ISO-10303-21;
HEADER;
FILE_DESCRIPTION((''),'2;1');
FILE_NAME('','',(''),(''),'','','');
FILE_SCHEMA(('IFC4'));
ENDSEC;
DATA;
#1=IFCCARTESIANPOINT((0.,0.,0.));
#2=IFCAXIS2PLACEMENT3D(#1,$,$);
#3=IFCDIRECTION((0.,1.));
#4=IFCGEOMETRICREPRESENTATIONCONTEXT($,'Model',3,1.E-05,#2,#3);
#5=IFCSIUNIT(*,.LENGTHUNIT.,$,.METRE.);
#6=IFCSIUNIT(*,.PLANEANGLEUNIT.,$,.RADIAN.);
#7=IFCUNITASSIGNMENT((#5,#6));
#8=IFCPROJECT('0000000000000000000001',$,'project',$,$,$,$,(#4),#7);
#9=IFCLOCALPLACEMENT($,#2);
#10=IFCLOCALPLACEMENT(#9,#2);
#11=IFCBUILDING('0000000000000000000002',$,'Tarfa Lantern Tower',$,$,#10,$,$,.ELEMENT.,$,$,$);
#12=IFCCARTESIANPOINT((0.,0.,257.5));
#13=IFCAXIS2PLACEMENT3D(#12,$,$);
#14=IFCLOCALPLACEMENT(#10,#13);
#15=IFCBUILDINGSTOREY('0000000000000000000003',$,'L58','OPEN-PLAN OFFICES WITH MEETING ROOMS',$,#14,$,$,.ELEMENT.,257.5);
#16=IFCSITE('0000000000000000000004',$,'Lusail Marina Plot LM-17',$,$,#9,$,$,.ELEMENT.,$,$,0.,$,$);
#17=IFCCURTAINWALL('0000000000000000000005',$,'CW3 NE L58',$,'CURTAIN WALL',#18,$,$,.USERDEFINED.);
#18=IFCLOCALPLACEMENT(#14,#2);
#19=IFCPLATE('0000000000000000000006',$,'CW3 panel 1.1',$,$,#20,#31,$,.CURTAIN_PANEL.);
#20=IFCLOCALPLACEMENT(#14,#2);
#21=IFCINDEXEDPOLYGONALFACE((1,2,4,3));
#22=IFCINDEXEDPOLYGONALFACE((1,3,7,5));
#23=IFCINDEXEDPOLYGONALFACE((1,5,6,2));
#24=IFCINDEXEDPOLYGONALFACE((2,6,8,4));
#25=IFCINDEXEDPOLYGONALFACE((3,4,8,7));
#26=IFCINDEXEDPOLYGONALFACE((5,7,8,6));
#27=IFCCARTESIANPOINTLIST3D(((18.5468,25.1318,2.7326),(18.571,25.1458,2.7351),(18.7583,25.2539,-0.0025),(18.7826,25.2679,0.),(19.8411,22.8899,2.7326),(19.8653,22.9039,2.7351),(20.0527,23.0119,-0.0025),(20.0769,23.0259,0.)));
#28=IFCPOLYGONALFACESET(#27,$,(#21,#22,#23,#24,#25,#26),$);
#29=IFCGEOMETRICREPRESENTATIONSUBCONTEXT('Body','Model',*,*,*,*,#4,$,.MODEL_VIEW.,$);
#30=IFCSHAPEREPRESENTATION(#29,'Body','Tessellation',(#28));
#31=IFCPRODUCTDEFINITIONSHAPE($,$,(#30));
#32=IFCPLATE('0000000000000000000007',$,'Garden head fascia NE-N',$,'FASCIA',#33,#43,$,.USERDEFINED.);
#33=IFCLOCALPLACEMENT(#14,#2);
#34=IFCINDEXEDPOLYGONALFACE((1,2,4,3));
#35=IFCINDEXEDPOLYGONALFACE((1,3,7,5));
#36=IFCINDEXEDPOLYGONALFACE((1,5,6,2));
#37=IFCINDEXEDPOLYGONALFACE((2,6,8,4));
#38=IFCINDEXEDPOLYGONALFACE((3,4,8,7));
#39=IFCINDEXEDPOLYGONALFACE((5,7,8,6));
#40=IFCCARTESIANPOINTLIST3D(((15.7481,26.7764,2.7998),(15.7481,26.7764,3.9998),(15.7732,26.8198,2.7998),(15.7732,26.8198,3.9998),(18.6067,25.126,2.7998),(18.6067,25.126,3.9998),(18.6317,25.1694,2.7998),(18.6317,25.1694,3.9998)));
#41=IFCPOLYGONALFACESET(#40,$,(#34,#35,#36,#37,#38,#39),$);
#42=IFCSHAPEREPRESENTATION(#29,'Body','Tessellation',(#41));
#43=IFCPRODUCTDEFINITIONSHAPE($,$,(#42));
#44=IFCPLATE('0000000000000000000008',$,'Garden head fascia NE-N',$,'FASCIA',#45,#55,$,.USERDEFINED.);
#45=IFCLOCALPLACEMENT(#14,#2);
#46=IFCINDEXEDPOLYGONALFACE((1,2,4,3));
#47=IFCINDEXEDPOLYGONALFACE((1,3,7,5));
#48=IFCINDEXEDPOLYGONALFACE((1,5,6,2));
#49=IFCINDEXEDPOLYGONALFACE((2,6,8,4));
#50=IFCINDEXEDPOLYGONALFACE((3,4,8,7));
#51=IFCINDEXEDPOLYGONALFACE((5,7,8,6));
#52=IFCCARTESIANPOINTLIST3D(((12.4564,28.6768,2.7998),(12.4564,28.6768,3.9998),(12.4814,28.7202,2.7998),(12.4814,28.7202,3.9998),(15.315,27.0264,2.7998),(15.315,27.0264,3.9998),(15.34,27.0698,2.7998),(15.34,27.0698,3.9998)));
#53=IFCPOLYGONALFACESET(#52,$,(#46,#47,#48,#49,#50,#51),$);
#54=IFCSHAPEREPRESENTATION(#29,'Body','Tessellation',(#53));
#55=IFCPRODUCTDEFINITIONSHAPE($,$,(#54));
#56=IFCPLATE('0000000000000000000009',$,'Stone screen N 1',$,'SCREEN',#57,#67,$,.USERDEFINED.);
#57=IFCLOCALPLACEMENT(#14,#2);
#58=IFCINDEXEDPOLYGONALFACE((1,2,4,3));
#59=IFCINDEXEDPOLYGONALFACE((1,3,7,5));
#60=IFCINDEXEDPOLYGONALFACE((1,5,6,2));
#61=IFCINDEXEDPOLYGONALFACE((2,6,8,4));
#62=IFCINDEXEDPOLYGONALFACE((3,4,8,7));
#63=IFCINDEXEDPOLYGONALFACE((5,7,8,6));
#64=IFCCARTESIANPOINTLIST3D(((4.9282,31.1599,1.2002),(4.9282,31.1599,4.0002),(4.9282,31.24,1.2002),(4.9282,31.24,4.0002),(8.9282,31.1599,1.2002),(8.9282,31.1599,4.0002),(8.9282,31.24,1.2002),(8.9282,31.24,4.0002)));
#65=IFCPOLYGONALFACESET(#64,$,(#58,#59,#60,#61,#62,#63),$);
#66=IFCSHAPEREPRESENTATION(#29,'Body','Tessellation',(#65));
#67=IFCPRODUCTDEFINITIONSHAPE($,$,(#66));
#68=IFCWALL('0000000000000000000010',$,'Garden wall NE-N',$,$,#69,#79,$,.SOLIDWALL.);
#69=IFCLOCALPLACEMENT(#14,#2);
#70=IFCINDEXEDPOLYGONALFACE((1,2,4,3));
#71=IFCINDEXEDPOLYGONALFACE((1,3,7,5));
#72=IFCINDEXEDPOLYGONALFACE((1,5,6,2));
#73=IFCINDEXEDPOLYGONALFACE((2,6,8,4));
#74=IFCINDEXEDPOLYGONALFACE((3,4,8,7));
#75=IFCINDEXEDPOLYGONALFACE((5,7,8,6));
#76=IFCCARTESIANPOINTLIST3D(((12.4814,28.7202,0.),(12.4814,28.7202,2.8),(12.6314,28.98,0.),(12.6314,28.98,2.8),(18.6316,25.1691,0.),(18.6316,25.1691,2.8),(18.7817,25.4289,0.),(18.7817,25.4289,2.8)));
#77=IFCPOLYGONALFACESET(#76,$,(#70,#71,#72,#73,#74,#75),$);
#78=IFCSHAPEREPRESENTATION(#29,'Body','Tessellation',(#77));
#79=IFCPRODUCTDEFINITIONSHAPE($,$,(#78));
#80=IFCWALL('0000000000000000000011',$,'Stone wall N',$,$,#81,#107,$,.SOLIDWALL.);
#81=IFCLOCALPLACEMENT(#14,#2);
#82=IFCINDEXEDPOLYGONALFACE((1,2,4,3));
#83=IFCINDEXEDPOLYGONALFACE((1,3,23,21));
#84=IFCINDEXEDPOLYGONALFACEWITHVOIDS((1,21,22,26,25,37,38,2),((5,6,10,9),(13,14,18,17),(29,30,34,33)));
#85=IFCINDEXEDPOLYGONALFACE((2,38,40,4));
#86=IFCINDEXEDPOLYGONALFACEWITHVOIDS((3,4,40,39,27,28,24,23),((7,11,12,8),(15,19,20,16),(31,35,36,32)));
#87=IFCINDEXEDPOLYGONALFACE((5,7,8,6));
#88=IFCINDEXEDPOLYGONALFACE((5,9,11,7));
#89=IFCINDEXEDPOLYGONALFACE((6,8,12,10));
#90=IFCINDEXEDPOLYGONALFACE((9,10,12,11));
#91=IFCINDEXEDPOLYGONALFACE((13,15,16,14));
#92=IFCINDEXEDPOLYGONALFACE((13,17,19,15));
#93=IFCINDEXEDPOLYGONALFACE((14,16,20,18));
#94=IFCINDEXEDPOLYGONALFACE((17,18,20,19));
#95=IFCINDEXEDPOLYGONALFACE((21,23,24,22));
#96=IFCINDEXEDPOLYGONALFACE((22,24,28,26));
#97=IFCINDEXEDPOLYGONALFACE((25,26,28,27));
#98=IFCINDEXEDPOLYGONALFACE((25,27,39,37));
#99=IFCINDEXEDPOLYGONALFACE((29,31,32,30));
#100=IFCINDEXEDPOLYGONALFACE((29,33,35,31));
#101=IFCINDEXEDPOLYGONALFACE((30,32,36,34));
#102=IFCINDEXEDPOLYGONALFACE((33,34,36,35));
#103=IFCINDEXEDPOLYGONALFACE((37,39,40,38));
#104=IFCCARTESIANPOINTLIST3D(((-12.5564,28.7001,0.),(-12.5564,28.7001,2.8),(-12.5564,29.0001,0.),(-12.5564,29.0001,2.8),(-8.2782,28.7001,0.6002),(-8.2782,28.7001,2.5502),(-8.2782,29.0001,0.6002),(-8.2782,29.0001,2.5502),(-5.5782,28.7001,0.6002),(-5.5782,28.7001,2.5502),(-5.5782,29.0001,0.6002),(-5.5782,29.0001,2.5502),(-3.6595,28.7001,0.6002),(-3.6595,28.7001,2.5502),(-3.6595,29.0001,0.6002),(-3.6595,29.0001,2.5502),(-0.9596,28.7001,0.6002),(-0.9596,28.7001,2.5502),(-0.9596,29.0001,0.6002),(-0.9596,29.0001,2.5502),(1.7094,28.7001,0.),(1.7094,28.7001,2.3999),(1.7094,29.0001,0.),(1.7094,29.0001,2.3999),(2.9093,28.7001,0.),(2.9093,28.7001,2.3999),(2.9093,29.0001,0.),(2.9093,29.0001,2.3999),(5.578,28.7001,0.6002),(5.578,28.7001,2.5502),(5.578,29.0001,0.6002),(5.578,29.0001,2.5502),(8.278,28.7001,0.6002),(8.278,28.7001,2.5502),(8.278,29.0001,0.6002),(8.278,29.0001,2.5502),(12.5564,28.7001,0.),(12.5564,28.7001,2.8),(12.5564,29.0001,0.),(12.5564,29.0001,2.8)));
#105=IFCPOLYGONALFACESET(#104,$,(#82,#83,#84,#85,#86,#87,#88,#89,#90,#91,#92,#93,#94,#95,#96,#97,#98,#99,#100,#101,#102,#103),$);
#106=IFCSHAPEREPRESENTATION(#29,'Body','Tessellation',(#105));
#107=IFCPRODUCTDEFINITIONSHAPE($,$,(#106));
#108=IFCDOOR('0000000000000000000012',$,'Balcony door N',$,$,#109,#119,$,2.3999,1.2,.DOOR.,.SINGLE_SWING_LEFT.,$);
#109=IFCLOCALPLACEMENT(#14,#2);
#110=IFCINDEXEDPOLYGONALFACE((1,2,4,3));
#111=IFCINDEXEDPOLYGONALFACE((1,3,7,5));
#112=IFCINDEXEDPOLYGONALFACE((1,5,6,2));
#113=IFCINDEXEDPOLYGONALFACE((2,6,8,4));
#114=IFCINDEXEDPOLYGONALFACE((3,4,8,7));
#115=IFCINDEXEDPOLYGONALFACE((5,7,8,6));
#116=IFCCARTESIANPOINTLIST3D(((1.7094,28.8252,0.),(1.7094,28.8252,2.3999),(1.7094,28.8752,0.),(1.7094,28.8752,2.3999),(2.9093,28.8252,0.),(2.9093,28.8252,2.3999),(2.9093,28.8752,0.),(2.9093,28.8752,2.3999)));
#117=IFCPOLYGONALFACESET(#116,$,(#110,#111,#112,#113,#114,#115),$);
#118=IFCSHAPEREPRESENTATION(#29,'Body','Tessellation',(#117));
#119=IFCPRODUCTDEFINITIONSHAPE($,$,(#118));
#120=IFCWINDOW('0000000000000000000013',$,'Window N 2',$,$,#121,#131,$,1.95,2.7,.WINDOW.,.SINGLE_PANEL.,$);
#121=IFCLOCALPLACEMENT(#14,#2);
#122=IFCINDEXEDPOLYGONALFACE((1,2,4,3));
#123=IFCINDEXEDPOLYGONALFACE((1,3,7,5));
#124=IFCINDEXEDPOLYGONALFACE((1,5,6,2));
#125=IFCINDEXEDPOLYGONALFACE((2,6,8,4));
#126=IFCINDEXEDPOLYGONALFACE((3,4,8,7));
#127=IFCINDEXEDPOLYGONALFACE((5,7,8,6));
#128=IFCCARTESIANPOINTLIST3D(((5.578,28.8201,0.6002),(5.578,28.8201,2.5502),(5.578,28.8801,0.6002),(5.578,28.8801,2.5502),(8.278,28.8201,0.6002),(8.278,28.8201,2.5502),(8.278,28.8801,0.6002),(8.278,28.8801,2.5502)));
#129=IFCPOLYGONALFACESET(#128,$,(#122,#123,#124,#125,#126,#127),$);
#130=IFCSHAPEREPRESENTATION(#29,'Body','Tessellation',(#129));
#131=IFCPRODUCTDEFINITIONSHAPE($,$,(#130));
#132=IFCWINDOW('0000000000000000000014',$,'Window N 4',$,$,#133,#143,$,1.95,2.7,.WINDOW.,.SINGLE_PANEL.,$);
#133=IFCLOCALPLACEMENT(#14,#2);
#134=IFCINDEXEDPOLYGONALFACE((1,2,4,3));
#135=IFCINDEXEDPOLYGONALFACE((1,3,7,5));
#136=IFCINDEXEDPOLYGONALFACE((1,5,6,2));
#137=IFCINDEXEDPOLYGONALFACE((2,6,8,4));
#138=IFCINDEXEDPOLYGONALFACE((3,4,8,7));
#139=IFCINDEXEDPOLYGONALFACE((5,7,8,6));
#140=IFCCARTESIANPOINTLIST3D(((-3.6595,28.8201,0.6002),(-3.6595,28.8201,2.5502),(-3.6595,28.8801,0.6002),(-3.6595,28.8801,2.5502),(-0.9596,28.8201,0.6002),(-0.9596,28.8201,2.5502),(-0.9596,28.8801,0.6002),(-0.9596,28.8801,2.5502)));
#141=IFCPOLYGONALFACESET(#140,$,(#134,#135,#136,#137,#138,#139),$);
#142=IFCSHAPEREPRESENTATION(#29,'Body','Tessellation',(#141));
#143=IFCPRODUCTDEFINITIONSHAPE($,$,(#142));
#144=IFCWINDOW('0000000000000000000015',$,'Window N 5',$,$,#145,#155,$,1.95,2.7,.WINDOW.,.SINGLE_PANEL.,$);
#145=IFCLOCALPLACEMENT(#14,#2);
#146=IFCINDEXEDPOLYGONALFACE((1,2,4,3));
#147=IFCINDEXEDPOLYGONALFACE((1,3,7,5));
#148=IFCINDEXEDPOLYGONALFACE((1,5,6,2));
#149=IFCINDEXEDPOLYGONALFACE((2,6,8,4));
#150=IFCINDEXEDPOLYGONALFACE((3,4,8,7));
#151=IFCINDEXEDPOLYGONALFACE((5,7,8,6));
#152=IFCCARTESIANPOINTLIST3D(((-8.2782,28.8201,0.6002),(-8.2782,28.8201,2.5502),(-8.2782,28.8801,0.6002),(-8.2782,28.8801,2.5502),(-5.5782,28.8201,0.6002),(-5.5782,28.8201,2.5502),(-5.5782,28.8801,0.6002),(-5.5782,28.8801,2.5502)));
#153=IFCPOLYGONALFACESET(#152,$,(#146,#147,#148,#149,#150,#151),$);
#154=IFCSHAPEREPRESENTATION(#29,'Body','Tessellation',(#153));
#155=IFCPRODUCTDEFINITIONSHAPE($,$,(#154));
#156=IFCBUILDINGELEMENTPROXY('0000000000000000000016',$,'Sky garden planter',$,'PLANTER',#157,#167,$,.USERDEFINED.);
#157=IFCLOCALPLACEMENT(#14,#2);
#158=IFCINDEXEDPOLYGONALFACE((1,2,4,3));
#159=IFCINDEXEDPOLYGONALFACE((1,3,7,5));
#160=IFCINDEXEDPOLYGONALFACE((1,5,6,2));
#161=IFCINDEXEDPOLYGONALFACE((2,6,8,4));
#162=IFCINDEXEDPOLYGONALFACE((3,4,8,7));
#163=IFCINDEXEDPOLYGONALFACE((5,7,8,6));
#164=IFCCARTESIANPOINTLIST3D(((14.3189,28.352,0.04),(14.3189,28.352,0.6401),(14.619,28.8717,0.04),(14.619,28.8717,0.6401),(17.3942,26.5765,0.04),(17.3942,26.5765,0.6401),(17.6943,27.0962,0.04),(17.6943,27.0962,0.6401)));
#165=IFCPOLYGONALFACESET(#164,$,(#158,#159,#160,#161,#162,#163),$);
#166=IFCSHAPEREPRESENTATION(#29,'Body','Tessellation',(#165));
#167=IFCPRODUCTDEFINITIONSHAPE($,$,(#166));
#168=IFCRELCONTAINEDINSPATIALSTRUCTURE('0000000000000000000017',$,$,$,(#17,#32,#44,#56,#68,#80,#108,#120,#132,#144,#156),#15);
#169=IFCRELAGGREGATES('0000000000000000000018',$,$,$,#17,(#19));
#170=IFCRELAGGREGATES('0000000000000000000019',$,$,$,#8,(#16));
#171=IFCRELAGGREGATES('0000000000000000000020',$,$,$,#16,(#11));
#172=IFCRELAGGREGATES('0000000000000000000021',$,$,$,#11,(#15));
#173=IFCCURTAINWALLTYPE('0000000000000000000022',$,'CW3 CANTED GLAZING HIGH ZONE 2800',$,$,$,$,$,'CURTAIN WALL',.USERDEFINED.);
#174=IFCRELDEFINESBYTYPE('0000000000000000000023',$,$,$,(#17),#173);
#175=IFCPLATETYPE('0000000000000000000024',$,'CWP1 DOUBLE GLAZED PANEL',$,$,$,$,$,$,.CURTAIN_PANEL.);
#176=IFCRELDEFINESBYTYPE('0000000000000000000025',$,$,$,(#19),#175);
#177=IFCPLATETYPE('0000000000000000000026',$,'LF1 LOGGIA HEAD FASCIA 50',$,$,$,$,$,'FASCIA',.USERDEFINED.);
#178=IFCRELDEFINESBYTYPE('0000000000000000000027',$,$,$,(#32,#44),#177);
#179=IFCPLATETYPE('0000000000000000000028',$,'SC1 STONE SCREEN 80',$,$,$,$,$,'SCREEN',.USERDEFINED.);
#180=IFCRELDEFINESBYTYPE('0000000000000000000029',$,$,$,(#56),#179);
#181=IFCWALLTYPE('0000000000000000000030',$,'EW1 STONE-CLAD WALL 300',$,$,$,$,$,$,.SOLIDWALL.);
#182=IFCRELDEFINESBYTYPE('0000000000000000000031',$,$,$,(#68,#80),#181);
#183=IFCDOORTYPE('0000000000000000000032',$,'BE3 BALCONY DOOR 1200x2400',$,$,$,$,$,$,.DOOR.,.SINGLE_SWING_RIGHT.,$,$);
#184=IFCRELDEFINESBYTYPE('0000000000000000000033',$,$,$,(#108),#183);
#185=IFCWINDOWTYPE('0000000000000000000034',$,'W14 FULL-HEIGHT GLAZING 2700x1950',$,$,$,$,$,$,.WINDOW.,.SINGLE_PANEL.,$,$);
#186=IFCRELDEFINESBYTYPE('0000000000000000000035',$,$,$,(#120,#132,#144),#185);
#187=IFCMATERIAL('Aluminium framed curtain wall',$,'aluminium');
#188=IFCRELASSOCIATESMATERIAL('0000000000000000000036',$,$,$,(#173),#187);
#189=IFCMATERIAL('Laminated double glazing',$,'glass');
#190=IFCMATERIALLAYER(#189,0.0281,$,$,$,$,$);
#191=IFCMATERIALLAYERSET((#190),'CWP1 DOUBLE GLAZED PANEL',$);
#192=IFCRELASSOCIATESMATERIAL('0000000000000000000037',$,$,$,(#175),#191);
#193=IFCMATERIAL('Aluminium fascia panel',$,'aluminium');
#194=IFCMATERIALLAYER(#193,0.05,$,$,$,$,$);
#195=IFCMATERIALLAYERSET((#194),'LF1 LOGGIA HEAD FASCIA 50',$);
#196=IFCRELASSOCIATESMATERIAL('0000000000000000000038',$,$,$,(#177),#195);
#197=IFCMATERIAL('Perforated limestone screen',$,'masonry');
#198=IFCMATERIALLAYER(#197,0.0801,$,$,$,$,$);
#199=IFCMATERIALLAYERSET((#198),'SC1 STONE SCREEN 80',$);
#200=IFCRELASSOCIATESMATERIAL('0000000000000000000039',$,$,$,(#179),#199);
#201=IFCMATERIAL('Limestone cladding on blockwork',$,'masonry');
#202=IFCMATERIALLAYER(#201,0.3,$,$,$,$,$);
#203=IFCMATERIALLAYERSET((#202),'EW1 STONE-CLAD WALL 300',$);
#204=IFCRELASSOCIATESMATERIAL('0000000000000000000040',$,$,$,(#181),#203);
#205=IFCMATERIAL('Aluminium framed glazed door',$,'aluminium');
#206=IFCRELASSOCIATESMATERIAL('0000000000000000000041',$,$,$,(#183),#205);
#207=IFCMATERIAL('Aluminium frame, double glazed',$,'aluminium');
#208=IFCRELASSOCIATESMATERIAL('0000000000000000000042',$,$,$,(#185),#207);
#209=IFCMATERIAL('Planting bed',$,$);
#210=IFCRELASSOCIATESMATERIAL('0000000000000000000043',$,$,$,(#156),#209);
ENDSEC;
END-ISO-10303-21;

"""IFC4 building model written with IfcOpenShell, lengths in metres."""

from ifc_helpers import new_model, si_unit, direction, frame, frame_2d, origin, origin_2d, place, context, subcontext, project, spatial, polyline, rectangle, outline, extrude, material, layer, layer_set, type_object, element, fill, aggregate, save


model = new_model("IFC4")

# Units and contexts
model_context = context("Model", 3, precision=1e-05, world=origin(), true_north=direction((0.0, 1.0)))
body_context = subcontext(model_context, "Body", "Model", "MODEL_VIEW")
ifc_project = project(units=[si_unit("LENGTHUNIT", "METRE"), si_unit("PLANEANGLEUNIT", "RADIAN")], contexts=[model_context])

# Site, building, storey
site_placement = place(None, origin())
site = spatial("IfcSite", under=ifc_project, at=site_placement, Name="Lusail Marina Plot LM-17", CompositionType="ELEMENT", RefElevation=0.0)
building_placement = place(site_placement, origin())
building = spatial("IfcBuilding", under=site, at=building_placement, Name="Tarfa Lantern Tower", CompositionType="ELEMENT")
storey_placement = place(building_placement, frame((0.0, 0.0, 257.5)))
storey = spatial("IfcBuildingStorey", under=building, at=storey_placement, Name="L58", Description="OPEN-PLAN OFFICES WITH MEETING ROOMS", CompositionType="ELEMENT", Elevation=257.5)

# Curtain wall
ifc_material_1 = material(Name="Aluminium framed curtain wall", Category="aluminium")
curtain_wall_type = type_object("IfcCurtainWallType", Name="CW3 CANTED GLAZING HIGH ZONE 2800", ElementType="CURTAIN WALL", PredefinedType="USERDEFINED", material=ifc_material_1)
curtain_wall_placement = place(storey_placement, origin())
curtain_wall = element("IfcCurtainWall", 1, at=curtain_wall_placement, inside=storey, type_object=curtain_wall_type, Name="CW3 NE L58", ObjectType="CURTAIN WALL", PredefinedType="USERDEFINED")

# Plate
ifc_material_2 = material(Name="Laminated double glazing", Category="glass")
ifc_layer_1 = layer(ifc_material_2, 0.0281)
ifc_layer_set_1 = layer_set([ifc_layer_1], Name="CWP1 DOUBLE GLAZED PANEL")
plate_type_1 = type_object("IfcPlateType", Name="CWP1 DOUBLE GLAZED PANEL", PredefinedType="CURTAIN_PANEL", material=ifc_layer_set_1)
plate_1_placement = place(storey_placement, frame((20.0769, 23.0259, 0.0), z_axis=(0.862605, 0.497997, 0.088945), x_axis=(-0.499979, 0.866038, 0.000004)))
plate_1 = element("IfcPlate", 2, at=plate_1_placement, type_object=plate_type_1, Name="CW3 panel 1.1", PredefinedType="CURTAIN_PANEL", context=body_context, shape_type="SweptSolid", body=[
    extrude(outline(polyline([(0.0, 0.0), (2.5888, 0.0), (2.5888, 2.746), (0.0001, 2.746), (0.0, 0.0)])), origin(), (0.0, 0.0, -1.0), 0.0281),
])
aggregate(curtain_wall, [plate_1])

# Plates
ifc_material_3 = material(Name="Aluminium fascia panel", Category="aluminium")
ifc_layer_2 = layer(ifc_material_3, 0.05)
ifc_layer_set_2 = layer_set([ifc_layer_2], Name="LF1 LOGGIA HEAD FASCIA 50")
plate_type_2 = type_object("IfcPlateType", Name="LF1 LOGGIA HEAD FASCIA 50", ElementType="FASCIA", PredefinedType="USERDEFINED", material=ifc_layer_set_2)
for number, where, z_axis, x_axis, name in (
    (3, (17.1899, 25.9729, 2.7998), (0.0, 0.0, 1.0), (-0.866025, 0.5, 0.0), "Garden head fascia NE-N"),
    (4, (13.8982, 27.8733, 2.7998), (0.0, 0.0, 1.0), (-0.866025, 0.5, 0.0), "Garden head fascia NE-N"),
):
    element("IfcPlate", number, at=place(storey_placement, frame(where, z_axis=z_axis, x_axis=x_axis)), inside=storey, type_object=plate_type_2, Name=name, ObjectType="FASCIA", PredefinedType="USERDEFINED", context=body_context, shape_type="SweptSolid", body=[
        extrude(rectangle(XDim=3.3008, YDim=0.05, at=origin_2d()), origin(), (0.0, 0.0, 1.0), 1.2),
    ])
ifc_material_4 = material(Name="Perforated limestone screen", Category="masonry")
ifc_layer_3 = layer(ifc_material_4, 0.0801)
ifc_layer_set_3 = layer_set([ifc_layer_3], Name="SC1 STONE SCREEN 80")
plate_type_3 = type_object("IfcPlateType", Name="SC1 STONE SCREEN 80", ElementType="SCREEN", PredefinedType="USERDEFINED", material=ifc_layer_set_3)
plate_2_placement = place(storey_placement, frame((6.9282, 31.2, 1.2002), z_axis=(0.0, 0.0, 1.0), x_axis=(-1.0, 0.0, 0.0)))
element("IfcPlate", 5, at=plate_2_placement, inside=storey, type_object=plate_type_3, Name="Stone screen N 1", ObjectType="SCREEN", PredefinedType="USERDEFINED", context=body_context, shape_type="SweptSolid", body=[
    extrude(rectangle(XDim=4.0, YDim=0.0801, at=origin_2d()), origin(), (0.0, 0.0, 1.0), 2.8),
])

# Wall
ifc_material_5 = material(Name="Limestone cladding on blockwork", Category="masonry")
ifc_layer_4 = layer(ifc_material_5, 0.3)
ifc_layer_set_4 = layer_set([ifc_layer_4], Name="EW1 STONE-CLAD WALL 300")
wall_type = type_object("IfcWallType", Name="EW1 STONE-CLAD WALL 300", PredefinedType="SOLIDWALL", material=ifc_layer_set_4)
wall_1_placement = place(storey_placement, frame((18.7065, 25.2991, 0.0), z_axis=(0.0, 0.0, 1.0), x_axis=(-0.866011, 0.500025, 0.0)))
element("IfcWall", 6, at=wall_1_placement, inside=storey, type_object=wall_type, Name="Garden wall NE-N", PredefinedType="SOLIDWALL", context=body_context, shape_type="SweptSolid", body=[
    extrude(rectangle(XDim=7.1018, YDim=0.3, at=frame_2d((3.5508, 0.0))), origin(), (0.0, 0.0, 1.0), 2.8),
])

# Wall, openings, door, windows
wall_2_placement = place(storey_placement, frame((12.5564, 28.8501, 0.0), z_axis=(0.0, 0.0, 1.0), x_axis=(-1.0, 0.0, 0.0)))
wall_2 = element("IfcWall", 7, at=wall_2_placement, inside=storey, type_object=wall_type, Name="Stone wall N", PredefinedType="SOLIDWALL", context=body_context, shape_type="SweptSolid", body=[
    extrude(rectangle(XDim=25.1128, YDim=0.3, at=frame_2d((12.5564, 0.0))), origin(), (0.0, 0.0, 1.0), 2.8),
])
opening_1_placement = place(wall_2_placement, frame((4.2783, 0.0, 0.6001)))
opening_1 = element("IfcOpeningElement", 8, at=opening_1_placement, cuts=wall_2, PredefinedType="OPENING", context=body_context, shape_type="SweptSolid", body=[
    extrude(rectangle(XDim=2.7, YDim=1.95, at=frame_2d((1.3501, 0.9751))), frame((0.0, 0.1599, 0.0), z_axis=(0.0, -1.0, 0.0), x_axis=(1.0, 0.0, 0.0)), (0.0, 0.0, 1.0), 0.3201),
])
opening_2_placement = place(wall_2_placement, frame((9.647, 0.0, 0.0)))
opening_2 = element("IfcOpeningElement", 9, at=opening_2_placement, cuts=wall_2, PredefinedType="OPENING", context=body_context, shape_type="SweptSolid", body=[
    extrude(rectangle(XDim=1.2, YDim=2.3999, at=frame_2d((0.6001, 1.2))), frame((0.0, 0.1599, 0.0), z_axis=(0.0, -1.0, 0.0), x_axis=(1.0, 0.0, 0.0)), (0.0, 0.0, 1.0), 0.3201),
])
opening_3_placement = place(wall_2_placement, frame((13.5159, 0.0, 0.6001)))
opening_3 = element("IfcOpeningElement", 10, at=opening_3_placement, cuts=wall_2, PredefinedType="OPENING", context=body_context, shape_type="SweptSolid", body=[
    extrude(rectangle(XDim=2.7, YDim=1.95, at=frame_2d((1.3501, 0.9751))), frame((0.0, 0.1599, 0.0), z_axis=(0.0, -1.0, 0.0), x_axis=(1.0, 0.0, 0.0)), (0.0, 0.0, 1.0), 0.3201),
])
opening_4_placement = place(wall_2_placement, frame((18.1345, 0.0, 0.6001)))
opening_4 = element("IfcOpeningElement", 11, at=opening_4_placement, cuts=wall_2, PredefinedType="OPENING", context=body_context, shape_type="SweptSolid", body=[
    extrude(rectangle(XDim=2.7, YDim=1.95, at=frame_2d((1.3501, 0.9751))), frame((0.0, 0.1599, 0.0), z_axis=(0.0, -1.0, 0.0), x_axis=(1.0, 0.0, 0.0)), (0.0, 0.0, 1.0), 0.3201),
])
ifc_material_6 = material(Name="Aluminium framed glazed door", Category="aluminium")
door_type = type_object("IfcDoorType", Name="BE3 BALCONY DOOR 1200x2400", OperationType="SINGLE_SWING_RIGHT", PredefinedType="DOOR", material=ifc_material_6)
door_placement = place(opening_2_placement, origin())
door = element("IfcDoor", 12, at=door_placement, inside=storey, type_object=door_type, Name="Balcony door N", OperationType="SINGLE_SWING_LEFT", OverallHeight=2.3999, OverallWidth=1.2, PredefinedType="DOOR", context=body_context, shape_type="SweptSolid", body=[
    extrude(rectangle(XDim=1.2, YDim=2.3999, at=frame_2d((0.6001, 1.2))), frame((0.0, 0.0249, 0.0), z_axis=(0.0, -1.0, 0.0), x_axis=(1.0, 0.0, 0.0)), (0.0, 0.0, 1.0), 0.05),
])
fill(opening_2, door)
ifc_material_7 = material(Name="Aluminium frame, double glazed", Category="aluminium")
window_type = type_object("IfcWindowType", Name="W14 FULL-HEIGHT GLAZING 2700x1950", PartitioningType="SINGLE_PANEL", PredefinedType="WINDOW", material=ifc_material_7)
window_1_placement = place(opening_1_placement, origin())
window_1 = element("IfcWindow", 13, at=window_1_placement, inside=storey, type_object=window_type, Name="Window N 2", OverallHeight=1.95, OverallWidth=2.7, PartitioningType="SINGLE_PANEL", PredefinedType="WINDOW", context=body_context, shape_type="SweptSolid", body=[
    extrude(rectangle(XDim=2.7, YDim=1.95, at=frame_2d((1.3501, 0.9751))), frame((0.0, 0.03, 0.0), z_axis=(0.0, -1.0, 0.0), x_axis=(1.0, 0.0, 0.0)), (0.0, 0.0, 1.0), 0.0601),
])
fill(opening_1, window_1)
window_2_placement = place(opening_3_placement, origin())
window_2 = element("IfcWindow", 14, at=window_2_placement, inside=storey, type_object=window_type, Name="Window N 4", OverallHeight=1.95, OverallWidth=2.7, PartitioningType="SINGLE_PANEL", PredefinedType="WINDOW", context=body_context, shape_type="SweptSolid", body=[
    extrude(rectangle(XDim=2.7, YDim=1.95, at=frame_2d((1.3501, 0.9751))), frame((0.0, 0.03, 0.0), z_axis=(0.0, -1.0, 0.0), x_axis=(1.0, 0.0, 0.0)), (0.0, 0.0, 1.0), 0.0601),
])
fill(opening_3, window_2)
window_3_placement = place(opening_4_placement, origin())
window_3 = element("IfcWindow", 15, at=window_3_placement, inside=storey, type_object=window_type, Name="Window N 5", OverallHeight=1.95, OverallWidth=2.7, PartitioningType="SINGLE_PANEL", PredefinedType="WINDOW", context=body_context, shape_type="SweptSolid", body=[
    extrude(rectangle(XDim=2.7, YDim=1.95, at=frame_2d((1.3501, 0.9751))), frame((0.0, 0.03, 0.0), z_axis=(0.0, -1.0, 0.0), x_axis=(1.0, 0.0, 0.0)), (0.0, 0.0, 1.0), 0.0601),
])
fill(opening_4, window_3)

# Building element proxy
ifc_material_8 = material(Name="Planting bed")
proxy_placement = place(storey_placement, frame((16.0066, 27.7241, 0.04), z_axis=(0.0, 0.0, 1.0), x_axis=(-0.866025, 0.5, 0.0)))
element("IfcBuildingElementProxy", 16, at=proxy_placement, inside=storey, material=ifc_material_8, Name="Sky garden planter", ObjectType="PLANTER", PredefinedType="USERDEFINED", context=body_context, shape_type="SweptSolid", body=[
    extrude(rectangle(XDim=3.551, YDim=0.6001, at=origin_2d()), origin(), (0.0, 0.0, 1.0), 0.6001),
])

save(model, "model.ifc")
